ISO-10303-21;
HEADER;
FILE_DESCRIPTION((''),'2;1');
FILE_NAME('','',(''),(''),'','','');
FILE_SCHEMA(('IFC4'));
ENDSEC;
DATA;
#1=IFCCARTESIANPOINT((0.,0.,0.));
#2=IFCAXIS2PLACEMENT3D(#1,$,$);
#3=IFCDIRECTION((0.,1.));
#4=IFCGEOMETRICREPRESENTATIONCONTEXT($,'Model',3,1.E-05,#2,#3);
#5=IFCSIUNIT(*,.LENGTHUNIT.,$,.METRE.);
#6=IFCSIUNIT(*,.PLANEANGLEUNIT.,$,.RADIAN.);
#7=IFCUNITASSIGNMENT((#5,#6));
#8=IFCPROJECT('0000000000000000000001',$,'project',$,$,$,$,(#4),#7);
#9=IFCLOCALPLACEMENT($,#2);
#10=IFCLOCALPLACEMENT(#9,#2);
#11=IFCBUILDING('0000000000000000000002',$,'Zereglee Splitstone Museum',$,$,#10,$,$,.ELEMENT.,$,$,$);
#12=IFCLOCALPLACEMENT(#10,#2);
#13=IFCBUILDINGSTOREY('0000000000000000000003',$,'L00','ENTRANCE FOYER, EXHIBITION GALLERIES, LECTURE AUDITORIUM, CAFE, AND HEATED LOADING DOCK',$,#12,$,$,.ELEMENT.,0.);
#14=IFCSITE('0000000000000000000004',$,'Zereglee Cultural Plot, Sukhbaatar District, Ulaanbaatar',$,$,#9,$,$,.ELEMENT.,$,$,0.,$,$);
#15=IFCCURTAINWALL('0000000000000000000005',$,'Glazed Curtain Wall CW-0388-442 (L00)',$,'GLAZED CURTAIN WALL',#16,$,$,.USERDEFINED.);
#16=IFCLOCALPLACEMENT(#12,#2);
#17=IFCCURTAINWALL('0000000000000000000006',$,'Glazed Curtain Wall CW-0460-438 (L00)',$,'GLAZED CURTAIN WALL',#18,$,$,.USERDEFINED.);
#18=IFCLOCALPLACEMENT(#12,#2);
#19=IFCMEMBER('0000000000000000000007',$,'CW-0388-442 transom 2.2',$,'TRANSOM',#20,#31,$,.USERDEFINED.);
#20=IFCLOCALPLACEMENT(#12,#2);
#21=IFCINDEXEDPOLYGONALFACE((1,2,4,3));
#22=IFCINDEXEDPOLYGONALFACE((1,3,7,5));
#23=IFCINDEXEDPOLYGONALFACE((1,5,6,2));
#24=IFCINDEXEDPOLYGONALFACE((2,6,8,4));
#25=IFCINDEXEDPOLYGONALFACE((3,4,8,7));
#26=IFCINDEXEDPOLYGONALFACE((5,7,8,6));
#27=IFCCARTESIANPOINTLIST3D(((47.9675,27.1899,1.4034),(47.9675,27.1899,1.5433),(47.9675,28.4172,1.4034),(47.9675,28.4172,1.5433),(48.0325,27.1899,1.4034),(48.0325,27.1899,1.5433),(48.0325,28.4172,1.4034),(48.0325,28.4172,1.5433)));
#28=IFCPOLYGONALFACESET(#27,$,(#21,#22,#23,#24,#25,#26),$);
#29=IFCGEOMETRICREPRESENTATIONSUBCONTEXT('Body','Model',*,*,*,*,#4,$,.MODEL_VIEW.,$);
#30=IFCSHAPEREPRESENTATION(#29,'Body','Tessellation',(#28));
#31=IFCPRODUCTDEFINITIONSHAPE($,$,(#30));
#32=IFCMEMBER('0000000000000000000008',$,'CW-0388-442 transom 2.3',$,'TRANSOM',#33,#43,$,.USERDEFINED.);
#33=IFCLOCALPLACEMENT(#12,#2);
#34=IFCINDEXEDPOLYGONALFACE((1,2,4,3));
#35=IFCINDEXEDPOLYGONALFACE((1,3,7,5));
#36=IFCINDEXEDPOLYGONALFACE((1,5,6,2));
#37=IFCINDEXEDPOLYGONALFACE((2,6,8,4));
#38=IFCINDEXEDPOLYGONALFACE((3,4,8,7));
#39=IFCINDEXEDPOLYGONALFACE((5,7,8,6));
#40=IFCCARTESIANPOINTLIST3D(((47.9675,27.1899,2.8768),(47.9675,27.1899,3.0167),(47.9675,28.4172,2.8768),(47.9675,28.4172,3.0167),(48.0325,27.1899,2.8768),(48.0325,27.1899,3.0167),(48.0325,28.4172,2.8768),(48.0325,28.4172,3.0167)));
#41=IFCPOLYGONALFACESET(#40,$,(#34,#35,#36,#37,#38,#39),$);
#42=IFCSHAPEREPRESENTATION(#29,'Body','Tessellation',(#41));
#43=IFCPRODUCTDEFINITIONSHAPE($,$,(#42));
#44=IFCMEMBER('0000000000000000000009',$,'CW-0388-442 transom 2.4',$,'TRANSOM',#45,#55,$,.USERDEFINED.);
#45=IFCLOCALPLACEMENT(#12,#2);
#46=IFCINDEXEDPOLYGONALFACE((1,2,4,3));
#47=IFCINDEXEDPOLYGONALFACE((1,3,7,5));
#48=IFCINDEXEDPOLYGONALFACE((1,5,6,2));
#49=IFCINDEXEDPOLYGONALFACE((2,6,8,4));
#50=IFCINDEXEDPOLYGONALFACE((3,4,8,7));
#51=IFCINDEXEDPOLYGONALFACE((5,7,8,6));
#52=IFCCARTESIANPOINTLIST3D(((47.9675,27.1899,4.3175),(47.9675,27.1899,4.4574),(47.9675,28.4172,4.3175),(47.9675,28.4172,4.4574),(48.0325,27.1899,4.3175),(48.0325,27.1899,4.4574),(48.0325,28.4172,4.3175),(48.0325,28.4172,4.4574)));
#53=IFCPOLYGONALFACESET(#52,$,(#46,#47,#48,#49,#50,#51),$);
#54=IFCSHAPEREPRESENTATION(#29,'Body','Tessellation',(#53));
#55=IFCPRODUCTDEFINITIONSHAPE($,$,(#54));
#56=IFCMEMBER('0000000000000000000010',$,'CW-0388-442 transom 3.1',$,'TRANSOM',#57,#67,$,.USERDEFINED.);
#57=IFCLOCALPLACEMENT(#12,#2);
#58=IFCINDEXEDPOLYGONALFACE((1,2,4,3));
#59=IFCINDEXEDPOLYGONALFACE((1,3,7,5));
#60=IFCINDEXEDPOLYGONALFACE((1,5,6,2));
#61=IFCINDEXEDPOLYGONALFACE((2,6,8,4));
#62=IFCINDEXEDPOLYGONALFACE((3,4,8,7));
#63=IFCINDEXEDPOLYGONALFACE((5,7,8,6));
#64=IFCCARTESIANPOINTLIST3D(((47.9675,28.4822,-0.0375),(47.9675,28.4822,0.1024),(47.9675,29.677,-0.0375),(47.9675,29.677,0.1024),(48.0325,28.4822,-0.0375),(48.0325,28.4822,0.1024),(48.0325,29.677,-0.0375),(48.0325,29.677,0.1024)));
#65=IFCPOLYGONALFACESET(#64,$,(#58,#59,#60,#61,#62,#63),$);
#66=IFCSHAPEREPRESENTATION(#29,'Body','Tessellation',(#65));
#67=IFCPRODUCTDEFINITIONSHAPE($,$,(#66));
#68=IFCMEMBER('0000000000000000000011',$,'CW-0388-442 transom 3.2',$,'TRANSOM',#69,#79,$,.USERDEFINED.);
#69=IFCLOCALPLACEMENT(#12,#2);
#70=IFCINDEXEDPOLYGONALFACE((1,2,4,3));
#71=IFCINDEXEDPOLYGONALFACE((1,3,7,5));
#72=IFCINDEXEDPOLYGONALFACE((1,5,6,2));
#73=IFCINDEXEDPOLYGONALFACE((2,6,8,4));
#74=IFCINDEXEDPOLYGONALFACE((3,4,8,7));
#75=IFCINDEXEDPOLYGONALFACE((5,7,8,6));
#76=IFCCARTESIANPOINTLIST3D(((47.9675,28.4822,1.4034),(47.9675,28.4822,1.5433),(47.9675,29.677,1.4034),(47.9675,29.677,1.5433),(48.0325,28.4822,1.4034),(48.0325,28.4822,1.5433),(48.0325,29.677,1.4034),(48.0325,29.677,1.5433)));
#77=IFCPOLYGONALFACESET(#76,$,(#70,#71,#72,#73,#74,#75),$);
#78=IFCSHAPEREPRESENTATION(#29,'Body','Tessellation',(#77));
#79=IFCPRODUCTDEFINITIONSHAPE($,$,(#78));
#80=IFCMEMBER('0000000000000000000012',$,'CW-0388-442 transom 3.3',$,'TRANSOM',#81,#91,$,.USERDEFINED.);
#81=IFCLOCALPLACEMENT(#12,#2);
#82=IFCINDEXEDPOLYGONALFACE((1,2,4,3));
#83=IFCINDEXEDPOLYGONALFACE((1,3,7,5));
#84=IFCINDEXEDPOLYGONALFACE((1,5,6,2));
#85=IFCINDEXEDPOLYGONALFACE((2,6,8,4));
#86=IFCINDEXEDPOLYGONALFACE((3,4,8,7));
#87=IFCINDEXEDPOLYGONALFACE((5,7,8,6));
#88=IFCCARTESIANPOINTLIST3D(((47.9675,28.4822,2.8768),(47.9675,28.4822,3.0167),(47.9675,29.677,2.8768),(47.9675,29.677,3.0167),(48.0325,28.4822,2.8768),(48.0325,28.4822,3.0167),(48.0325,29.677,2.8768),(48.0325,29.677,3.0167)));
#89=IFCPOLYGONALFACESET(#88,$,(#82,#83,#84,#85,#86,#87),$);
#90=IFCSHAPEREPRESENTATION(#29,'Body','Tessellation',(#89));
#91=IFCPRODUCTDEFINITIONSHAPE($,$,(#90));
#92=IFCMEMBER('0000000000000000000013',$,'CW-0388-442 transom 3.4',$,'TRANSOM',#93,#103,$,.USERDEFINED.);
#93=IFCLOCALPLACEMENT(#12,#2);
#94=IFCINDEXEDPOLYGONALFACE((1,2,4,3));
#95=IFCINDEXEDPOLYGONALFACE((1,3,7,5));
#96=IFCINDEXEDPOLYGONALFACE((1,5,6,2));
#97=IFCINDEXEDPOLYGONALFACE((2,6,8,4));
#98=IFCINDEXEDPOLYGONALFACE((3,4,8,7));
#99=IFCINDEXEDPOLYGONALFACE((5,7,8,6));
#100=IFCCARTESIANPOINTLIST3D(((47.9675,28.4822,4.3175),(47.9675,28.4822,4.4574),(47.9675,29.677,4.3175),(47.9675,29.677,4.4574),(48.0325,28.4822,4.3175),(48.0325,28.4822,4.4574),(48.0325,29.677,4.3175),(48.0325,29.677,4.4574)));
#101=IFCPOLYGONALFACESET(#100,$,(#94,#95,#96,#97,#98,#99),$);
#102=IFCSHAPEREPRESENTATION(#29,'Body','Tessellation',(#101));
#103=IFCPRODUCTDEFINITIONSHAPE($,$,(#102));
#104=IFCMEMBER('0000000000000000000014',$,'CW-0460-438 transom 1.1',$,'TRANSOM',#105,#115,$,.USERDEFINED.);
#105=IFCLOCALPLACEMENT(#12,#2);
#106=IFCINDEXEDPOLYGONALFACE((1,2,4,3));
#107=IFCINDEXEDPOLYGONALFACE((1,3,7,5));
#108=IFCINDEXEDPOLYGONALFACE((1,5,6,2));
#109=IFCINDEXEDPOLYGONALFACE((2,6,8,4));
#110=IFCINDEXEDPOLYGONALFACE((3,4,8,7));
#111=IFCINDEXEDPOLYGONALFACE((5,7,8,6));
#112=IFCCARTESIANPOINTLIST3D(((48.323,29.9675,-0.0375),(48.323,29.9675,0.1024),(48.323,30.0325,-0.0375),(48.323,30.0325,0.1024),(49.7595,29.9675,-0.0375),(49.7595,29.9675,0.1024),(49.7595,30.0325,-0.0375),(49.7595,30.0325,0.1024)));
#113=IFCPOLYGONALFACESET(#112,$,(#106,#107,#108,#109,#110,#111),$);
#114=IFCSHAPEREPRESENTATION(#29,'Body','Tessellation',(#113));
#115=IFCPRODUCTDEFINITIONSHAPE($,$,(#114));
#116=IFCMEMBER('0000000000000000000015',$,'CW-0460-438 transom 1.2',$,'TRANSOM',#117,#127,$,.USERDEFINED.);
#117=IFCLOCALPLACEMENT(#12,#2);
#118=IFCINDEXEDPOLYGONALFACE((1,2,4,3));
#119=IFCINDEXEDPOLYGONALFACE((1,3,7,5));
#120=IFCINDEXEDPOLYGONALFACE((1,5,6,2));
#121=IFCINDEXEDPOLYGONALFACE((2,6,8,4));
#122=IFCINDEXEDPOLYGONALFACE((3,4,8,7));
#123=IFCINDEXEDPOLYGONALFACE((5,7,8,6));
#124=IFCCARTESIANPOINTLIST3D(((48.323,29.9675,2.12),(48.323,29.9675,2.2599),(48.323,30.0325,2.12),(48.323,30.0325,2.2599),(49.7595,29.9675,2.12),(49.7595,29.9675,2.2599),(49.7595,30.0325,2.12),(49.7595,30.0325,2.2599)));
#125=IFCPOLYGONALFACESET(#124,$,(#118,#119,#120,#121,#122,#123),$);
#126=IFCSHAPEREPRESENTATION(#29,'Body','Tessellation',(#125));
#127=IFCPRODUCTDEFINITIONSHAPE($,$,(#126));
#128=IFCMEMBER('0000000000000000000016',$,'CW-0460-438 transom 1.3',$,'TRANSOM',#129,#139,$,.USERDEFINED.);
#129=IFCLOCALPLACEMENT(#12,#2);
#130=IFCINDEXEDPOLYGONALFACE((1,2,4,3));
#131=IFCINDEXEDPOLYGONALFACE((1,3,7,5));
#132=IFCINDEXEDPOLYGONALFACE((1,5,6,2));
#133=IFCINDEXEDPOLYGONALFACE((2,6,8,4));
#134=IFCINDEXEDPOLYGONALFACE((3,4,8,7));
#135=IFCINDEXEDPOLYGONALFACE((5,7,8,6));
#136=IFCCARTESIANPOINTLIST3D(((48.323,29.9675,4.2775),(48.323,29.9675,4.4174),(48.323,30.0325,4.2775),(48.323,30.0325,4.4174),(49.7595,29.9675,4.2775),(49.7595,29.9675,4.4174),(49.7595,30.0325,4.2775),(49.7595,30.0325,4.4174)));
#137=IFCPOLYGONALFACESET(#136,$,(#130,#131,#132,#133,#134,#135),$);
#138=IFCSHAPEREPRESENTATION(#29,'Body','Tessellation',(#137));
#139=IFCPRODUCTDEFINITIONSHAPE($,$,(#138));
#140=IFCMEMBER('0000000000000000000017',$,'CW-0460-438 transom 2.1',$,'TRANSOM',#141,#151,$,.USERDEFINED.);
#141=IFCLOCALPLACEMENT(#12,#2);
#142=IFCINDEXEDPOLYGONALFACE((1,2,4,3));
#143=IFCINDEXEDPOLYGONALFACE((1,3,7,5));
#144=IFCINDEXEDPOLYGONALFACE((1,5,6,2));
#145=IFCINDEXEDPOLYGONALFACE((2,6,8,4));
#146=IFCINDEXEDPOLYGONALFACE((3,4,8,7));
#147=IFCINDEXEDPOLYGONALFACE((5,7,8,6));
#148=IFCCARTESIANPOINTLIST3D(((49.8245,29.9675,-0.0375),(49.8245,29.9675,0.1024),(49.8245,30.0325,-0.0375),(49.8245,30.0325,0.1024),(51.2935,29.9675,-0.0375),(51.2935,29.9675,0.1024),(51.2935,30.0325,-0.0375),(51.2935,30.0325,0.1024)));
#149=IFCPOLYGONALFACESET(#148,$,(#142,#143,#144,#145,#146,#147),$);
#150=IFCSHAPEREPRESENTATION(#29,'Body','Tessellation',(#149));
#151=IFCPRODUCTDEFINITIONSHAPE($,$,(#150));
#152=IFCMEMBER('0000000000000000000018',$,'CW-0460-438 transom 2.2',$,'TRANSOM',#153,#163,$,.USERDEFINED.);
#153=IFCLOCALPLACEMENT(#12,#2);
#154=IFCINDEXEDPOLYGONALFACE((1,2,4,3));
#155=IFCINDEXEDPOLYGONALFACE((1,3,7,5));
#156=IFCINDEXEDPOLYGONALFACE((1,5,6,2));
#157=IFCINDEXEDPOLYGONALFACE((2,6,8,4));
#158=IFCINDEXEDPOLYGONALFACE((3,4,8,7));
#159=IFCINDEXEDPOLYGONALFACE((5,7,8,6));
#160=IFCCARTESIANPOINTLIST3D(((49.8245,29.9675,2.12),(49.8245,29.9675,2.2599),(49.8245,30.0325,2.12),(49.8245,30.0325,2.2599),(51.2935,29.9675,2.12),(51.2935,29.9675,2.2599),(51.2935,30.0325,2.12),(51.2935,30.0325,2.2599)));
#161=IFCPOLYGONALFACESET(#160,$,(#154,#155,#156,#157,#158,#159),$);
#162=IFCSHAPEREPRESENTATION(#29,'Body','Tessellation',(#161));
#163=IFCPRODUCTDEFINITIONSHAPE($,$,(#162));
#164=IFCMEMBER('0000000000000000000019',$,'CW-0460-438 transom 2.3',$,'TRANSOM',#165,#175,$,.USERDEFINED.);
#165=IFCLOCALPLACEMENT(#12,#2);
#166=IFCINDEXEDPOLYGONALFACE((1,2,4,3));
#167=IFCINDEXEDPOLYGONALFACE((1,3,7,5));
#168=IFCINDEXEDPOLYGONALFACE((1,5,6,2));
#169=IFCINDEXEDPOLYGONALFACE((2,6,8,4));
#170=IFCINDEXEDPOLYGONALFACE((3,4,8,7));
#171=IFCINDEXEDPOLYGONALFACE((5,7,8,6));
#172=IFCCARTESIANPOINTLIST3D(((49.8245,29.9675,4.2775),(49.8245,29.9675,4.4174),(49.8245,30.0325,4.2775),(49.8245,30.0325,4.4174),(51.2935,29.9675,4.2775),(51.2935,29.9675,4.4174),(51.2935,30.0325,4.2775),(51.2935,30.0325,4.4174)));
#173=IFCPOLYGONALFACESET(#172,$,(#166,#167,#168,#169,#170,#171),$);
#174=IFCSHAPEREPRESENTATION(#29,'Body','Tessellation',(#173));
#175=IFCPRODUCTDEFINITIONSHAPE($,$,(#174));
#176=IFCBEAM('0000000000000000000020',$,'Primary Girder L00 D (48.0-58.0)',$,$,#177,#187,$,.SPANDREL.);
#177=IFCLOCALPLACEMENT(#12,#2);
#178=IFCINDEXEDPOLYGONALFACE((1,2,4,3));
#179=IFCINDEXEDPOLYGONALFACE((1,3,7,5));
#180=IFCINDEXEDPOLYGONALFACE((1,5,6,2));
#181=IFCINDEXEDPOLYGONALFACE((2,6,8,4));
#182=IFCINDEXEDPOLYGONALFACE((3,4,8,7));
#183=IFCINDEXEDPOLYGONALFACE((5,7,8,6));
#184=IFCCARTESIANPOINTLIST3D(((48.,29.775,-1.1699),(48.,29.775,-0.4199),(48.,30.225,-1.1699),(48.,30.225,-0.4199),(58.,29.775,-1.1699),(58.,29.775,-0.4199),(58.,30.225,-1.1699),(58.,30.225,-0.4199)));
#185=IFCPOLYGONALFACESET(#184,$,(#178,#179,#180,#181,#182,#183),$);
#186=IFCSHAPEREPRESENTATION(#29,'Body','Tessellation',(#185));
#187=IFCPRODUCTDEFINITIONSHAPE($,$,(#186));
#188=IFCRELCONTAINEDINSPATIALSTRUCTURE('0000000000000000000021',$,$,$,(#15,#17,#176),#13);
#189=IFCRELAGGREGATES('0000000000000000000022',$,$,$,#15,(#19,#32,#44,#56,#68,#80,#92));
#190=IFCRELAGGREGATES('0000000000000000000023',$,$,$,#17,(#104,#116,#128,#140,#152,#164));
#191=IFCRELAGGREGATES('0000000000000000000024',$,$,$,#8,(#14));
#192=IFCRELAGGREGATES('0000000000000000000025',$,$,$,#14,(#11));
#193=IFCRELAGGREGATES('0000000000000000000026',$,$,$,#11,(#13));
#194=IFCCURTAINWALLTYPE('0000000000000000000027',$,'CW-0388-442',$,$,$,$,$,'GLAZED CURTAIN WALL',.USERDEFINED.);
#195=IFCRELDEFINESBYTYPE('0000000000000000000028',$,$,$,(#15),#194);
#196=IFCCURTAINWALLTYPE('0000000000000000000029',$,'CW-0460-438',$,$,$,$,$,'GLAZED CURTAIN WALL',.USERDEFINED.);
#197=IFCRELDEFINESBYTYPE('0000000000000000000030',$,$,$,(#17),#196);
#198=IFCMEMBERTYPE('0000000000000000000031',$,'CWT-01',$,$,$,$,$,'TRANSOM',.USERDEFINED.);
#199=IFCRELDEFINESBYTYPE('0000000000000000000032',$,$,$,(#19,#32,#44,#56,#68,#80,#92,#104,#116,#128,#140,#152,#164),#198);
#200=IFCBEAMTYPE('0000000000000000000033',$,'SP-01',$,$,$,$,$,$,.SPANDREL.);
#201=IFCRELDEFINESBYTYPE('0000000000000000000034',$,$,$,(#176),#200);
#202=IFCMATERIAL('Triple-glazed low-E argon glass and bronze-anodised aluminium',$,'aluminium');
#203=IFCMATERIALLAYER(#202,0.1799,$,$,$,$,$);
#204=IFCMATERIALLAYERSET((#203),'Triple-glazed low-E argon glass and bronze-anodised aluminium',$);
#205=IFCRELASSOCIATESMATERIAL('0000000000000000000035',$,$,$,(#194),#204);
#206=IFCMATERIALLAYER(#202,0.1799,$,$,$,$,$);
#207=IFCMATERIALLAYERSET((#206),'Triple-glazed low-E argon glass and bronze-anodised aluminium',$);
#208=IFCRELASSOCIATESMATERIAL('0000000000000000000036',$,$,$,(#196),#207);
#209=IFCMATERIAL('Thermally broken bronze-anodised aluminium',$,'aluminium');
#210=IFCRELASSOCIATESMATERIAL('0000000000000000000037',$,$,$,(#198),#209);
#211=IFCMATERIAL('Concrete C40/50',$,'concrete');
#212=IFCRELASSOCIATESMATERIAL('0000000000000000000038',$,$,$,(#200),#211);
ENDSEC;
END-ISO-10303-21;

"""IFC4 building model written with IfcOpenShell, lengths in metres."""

from ifc_helpers import new_model, si_unit, direction, frame, origin, origin_2d, place, context, subcontext, project, spatial, rectangle, extrude, material, layer, layer_set, material_profile, profile_set, type_object, element, aggregate, save


model = new_model("IFC4")

# Units and contexts
model_context = context("Model", 3, precision=1e-05, world=origin(), true_north=direction((0.0, 1.0)))
body_context = subcontext(model_context, "Body", "Model", "MODEL_VIEW")
ifc_project = project(units=[si_unit("LENGTHUNIT", "METRE"), si_unit("PLANEANGLEUNIT", "RADIAN")], contexts=[model_context])

# Site, building, storey
site_placement = place(None, origin())
site = spatial("IfcSite", under=ifc_project, at=site_placement, Name="Zereglee Cultural Plot, Sukhbaatar District, Ulaanbaatar", CompositionType="ELEMENT", RefElevation=0.0)
building_placement = place(site_placement, origin())
building = spatial("IfcBuilding", under=site, at=building_placement, Name="Zereglee Splitstone Museum", CompositionType="ELEMENT")
storey_placement = place(building_placement, origin())
storey = spatial("IfcBuildingStorey", under=building, at=storey_placement, Name="L00", Description="ENTRANCE FOYER, EXHIBITION GALLERIES, LECTURE AUDITORIUM, CAFE, AND HEATED LOADING DOCK", CompositionType="ELEMENT", Elevation=0.0)

# Shared definitions
ifc_material_1 = material(Name="Concrete C40/50", Category="concrete")

# Shared definitions
ifc_material_2 = material(Name="Triple-glazed low-E argon glass and bronze-anodised aluminium", Category="aluminium")
ifc_material_3 = material(Name="Thermally broken bronze-anodised aluminium", Category="aluminium")

# Curtain walls
ifc_layer_1 = layer(ifc_material_2, 0.1799)
ifc_layer_set_1 = layer_set([ifc_layer_1], Name="Triple-glazed low-E argon glass and bronze-anodised aluminium")
curtain_wall_type_1 = type_object("IfcCurtainWallType", Name="CW-0388-442", ElementType="GLAZED CURTAIN WALL", PredefinedType="USERDEFINED", material=ifc_layer_set_1)
curtain_wall_1_placement = place(storey_placement, origin())
curtain_wall_1 = element("IfcCurtainWall", 1, at=curtain_wall_1_placement, inside=storey, type_object=curtain_wall_type_1, Name="Glazed Curtain Wall CW-0388-442 (L00)", ObjectType="GLAZED CURTAIN WALL", PredefinedType="USERDEFINED")
ifc_layer_2 = layer(ifc_material_2, 0.1799)
ifc_layer_set_2 = layer_set([ifc_layer_2], Name="Triple-glazed low-E argon glass and bronze-anodised aluminium")
curtain_wall_type_2 = type_object("IfcCurtainWallType", Name="CW-0460-438", ElementType="GLAZED CURTAIN WALL", PredefinedType="USERDEFINED", material=ifc_layer_set_2)
curtain_wall_2_placement = place(storey_placement, origin())
curtain_wall_2 = element("IfcCurtainWall", 2, at=curtain_wall_2_placement, inside=storey, type_object=curtain_wall_type_2, Name="Glazed Curtain Wall CW-0460-438 (L00)", ObjectType="GLAZED CURTAIN WALL", PredefinedType="USERDEFINED")

# Members
ifc_material_profile_1 = material_profile(ifc_material_3, rectangle(XDim=0.0649, YDim=0.1399, at=origin_2d()), Name="CW TRAN 65x140")
ifc_profile_set_1 = profile_set([ifc_material_profile_1], Name="Thermally broken bronze-anodised aluminium")
member_type_1 = type_object("IfcMemberType", Name="CWT-01", ElementType="TRANSOM", PredefinedType="USERDEFINED", material=ifc_profile_set_1)
member_1_placement = place(storey_placement, frame((48.0, 27.1899, 1.4734), z_axis=(0.0, 1.0, 0.0), x_axis=(-1.0, 0.0, 0.0)))
member_1 = element("IfcMember", 3, at=member_1_placement, type_object=member_type_1, Name="CW-0388-442 transom 2.2", ObjectType="TRANSOM", PredefinedType="USERDEFINED", context=body_context, shape_type="SweptSolid", body=[
    extrude(rectangle(XDim=0.0649, YDim=0.1399, at=origin_2d()), origin(), (0.0, 0.0, 1.0), 1.2273),
])
member_2_placement = place(storey_placement, frame((48.0, 27.1899, 2.9468), z_axis=(0.0, 1.0, 0.0), x_axis=(-1.0, 0.0, 0.0)))
member_2 = element("IfcMember", 4, at=member_2_placement, type_object=member_type_1, Name="CW-0388-442 transom 2.3", ObjectType="TRANSOM", PredefinedType="USERDEFINED", context=body_context, shape_type="SweptSolid", body=[
    extrude(rectangle(XDim=0.0649, YDim=0.1399, at=origin_2d()), origin(), (0.0, 0.0, 1.0), 1.2273),
])
member_3_placement = place(storey_placement, frame((48.0, 27.1899, 4.3875), z_axis=(0.0, 1.0, 0.0), x_axis=(-1.0, 0.0, 0.0)))
member_3 = element("IfcMember", 5, at=member_3_placement, type_object=member_type_1, Name="CW-0388-442 transom 2.4", ObjectType="TRANSOM", PredefinedType="USERDEFINED", context=body_context, shape_type="SweptSolid", body=[
    extrude(rectangle(XDim=0.0649, YDim=0.1399, at=origin_2d()), origin(), (0.0, 0.0, 1.0), 1.2273),
])
member_4_placement = place(storey_placement, frame((48.0, 28.4822, 0.0325), z_axis=(0.0, 1.0, 0.0), x_axis=(-1.0, 0.0, 0.0)))
member_4 = element("IfcMember", 6, at=member_4_placement, type_object=member_type_1, Name="CW-0388-442 transom 3.1", ObjectType="TRANSOM", PredefinedType="USERDEFINED", context=body_context, shape_type="SweptSolid", body=[
    extrude(rectangle(XDim=0.0649, YDim=0.1399, at=origin_2d()), origin(), (0.0, 0.0, 1.0), 1.1948),
])
member_5_placement = place(storey_placement, frame((48.0, 28.4822, 1.4734), z_axis=(0.0, 1.0, 0.0), x_axis=(-1.0, 0.0, 0.0)))
member_5 = element("IfcMember", 7, at=member_5_placement, type_object=member_type_1, Name="CW-0388-442 transom 3.2", ObjectType="TRANSOM", PredefinedType="USERDEFINED", context=body_context, shape_type="SweptSolid", body=[
    extrude(rectangle(XDim=0.0649, YDim=0.1399, at=origin_2d()), origin(), (0.0, 0.0, 1.0), 1.1948),
])
member_6_placement = place(storey_placement, frame((48.0, 28.4822, 2.9468), z_axis=(0.0, 1.0, 0.0), x_axis=(-1.0, 0.0, 0.0)))
member_6 = element("IfcMember", 8, at=member_6_placement, type_object=member_type_1, Name="CW-0388-442 transom 3.3", ObjectType="TRANSOM", PredefinedType="USERDEFINED", context=body_context, shape_type="SweptSolid", body=[
    extrude(rectangle(XDim=0.0649, YDim=0.1399, at=origin_2d()), origin(), (0.0, 0.0, 1.0), 1.1948),
])
member_7_placement = place(storey_placement, frame((48.0, 28.4822, 4.3875), z_axis=(0.0, 1.0, 0.0), x_axis=(-1.0, 0.0, 0.0)))
member_7 = element("IfcMember", 9, at=member_7_placement, type_object=member_type_1, Name="CW-0388-442 transom 3.4", ObjectType="TRANSOM", PredefinedType="USERDEFINED", context=body_context, shape_type="SweptSolid", body=[
    extrude(rectangle(XDim=0.0649, YDim=0.1399, at=origin_2d()), origin(), (0.0, 0.0, 1.0), 1.1948),
])
member_8_placement = place(storey_placement, frame((48.323, 30.0, 0.0325), z_axis=(1.0, 0.0, 0.0), x_axis=(0.0, 1.0, 0.0)))
member_8 = element("IfcMember", 10, at=member_8_placement, type_object=member_type_1, Name="CW-0460-438 transom 1.1", ObjectType="TRANSOM", PredefinedType="USERDEFINED", context=body_context, shape_type="SweptSolid", body=[
    extrude(rectangle(XDim=0.0649, YDim=0.1399, at=origin_2d()), origin(), (0.0, 0.0, 1.0), 1.4365),
])
member_9_placement = place(storey_placement, frame((48.323, 30.0, 2.1899), z_axis=(1.0, 0.0, 0.0), x_axis=(0.0, 1.0, 0.0)))
member_9 = element("IfcMember", 11, at=member_9_placement, type_object=member_type_1, Name="CW-0460-438 transom 1.2", ObjectType="TRANSOM", PredefinedType="USERDEFINED", context=body_context, shape_type="SweptSolid", body=[
    extrude(rectangle(XDim=0.0649, YDim=0.1399, at=origin_2d()), origin(), (0.0, 0.0, 1.0), 1.4365),
])
member_10_placement = place(storey_placement, frame((48.323, 30.0, 4.3474), z_axis=(1.0, 0.0, 0.0), x_axis=(0.0, 1.0, 0.0)))
member_10 = element("IfcMember", 12, at=member_10_placement, type_object=member_type_1, Name="CW-0460-438 transom 1.3", ObjectType="TRANSOM", PredefinedType="USERDEFINED", context=body_context, shape_type="SweptSolid", body=[
    extrude(rectangle(XDim=0.0649, YDim=0.1399, at=origin_2d()), origin(), (0.0, 0.0, 1.0), 1.4365),
])
member_11_placement = place(storey_placement, frame((49.8245, 30.0, 0.0325), z_axis=(1.0, 0.0, 0.0), x_axis=(0.0, 1.0, 0.0)))
member_11 = element("IfcMember", 13, at=member_11_placement, type_object=member_type_1, Name="CW-0460-438 transom 2.1", ObjectType="TRANSOM", PredefinedType="USERDEFINED", context=body_context, shape_type="SweptSolid", body=[
    extrude(rectangle(XDim=0.0649, YDim=0.1399, at=origin_2d()), origin(), (0.0, 0.0, 1.0), 1.469),
])
member_12_placement = place(storey_placement, frame((49.8245, 30.0, 2.1899), z_axis=(1.0, 0.0, 0.0), x_axis=(0.0, 1.0, 0.0)))
member_12 = element("IfcMember", 14, at=member_12_placement, type_object=member_type_1, Name="CW-0460-438 transom 2.2", ObjectType="TRANSOM", PredefinedType="USERDEFINED", context=body_context, shape_type="SweptSolid", body=[
    extrude(rectangle(XDim=0.0649, YDim=0.1399, at=origin_2d()), origin(), (0.0, 0.0, 1.0), 1.469),
])
member_13_placement = place(storey_placement, frame((49.8245, 30.0, 4.3474), z_axis=(1.0, 0.0, 0.0), x_axis=(0.0, 1.0, 0.0)))
member_13 = element("IfcMember", 15, at=member_13_placement, type_object=member_type_1, Name="CW-0460-438 transom 2.3", ObjectType="TRANSOM", PredefinedType="USERDEFINED", context=body_context, shape_type="SweptSolid", body=[
    extrude(rectangle(XDim=0.0649, YDim=0.1399, at=origin_2d()), origin(), (0.0, 0.0, 1.0), 1.469),
])

# Beam
ifc_material_profile_2 = material_profile(ifc_material_1, rectangle(XDim=0.45, YDim=0.75, at=origin_2d()), Name="RC 450x750")
ifc_profile_set_2 = profile_set([ifc_material_profile_2], Name="Concrete C40/50")
beam_type_1 = type_object("IfcBeamType", Name="SP-01", PredefinedType="SPANDREL", material=ifc_profile_set_2)
beam_1_placement = place(storey_placement, frame((48.0, 30.0, -0.7949), z_axis=(1.0, 0.0, 0.0), x_axis=(0.0, 1.0, 0.0)))
element("IfcBeam", 16, at=beam_1_placement, inside=storey, type_object=beam_type_1, Name="Primary Girder L00 D (48.0-58.0)", PredefinedType="SPANDREL", context=body_context, shape_type="SweptSolid", body=[
    extrude(rectangle(XDim=0.45, YDim=0.75, at=origin_2d()), origin(), (0.0, 0.0, 1.0), 10.0),
])

aggregate(curtain_wall_1, [member_1, member_2, member_3, member_4, member_5, member_6, member_7])
aggregate(curtain_wall_2, [member_8, member_9, member_10, member_11, member_12, member_13])

save(model, "model.ifc")
